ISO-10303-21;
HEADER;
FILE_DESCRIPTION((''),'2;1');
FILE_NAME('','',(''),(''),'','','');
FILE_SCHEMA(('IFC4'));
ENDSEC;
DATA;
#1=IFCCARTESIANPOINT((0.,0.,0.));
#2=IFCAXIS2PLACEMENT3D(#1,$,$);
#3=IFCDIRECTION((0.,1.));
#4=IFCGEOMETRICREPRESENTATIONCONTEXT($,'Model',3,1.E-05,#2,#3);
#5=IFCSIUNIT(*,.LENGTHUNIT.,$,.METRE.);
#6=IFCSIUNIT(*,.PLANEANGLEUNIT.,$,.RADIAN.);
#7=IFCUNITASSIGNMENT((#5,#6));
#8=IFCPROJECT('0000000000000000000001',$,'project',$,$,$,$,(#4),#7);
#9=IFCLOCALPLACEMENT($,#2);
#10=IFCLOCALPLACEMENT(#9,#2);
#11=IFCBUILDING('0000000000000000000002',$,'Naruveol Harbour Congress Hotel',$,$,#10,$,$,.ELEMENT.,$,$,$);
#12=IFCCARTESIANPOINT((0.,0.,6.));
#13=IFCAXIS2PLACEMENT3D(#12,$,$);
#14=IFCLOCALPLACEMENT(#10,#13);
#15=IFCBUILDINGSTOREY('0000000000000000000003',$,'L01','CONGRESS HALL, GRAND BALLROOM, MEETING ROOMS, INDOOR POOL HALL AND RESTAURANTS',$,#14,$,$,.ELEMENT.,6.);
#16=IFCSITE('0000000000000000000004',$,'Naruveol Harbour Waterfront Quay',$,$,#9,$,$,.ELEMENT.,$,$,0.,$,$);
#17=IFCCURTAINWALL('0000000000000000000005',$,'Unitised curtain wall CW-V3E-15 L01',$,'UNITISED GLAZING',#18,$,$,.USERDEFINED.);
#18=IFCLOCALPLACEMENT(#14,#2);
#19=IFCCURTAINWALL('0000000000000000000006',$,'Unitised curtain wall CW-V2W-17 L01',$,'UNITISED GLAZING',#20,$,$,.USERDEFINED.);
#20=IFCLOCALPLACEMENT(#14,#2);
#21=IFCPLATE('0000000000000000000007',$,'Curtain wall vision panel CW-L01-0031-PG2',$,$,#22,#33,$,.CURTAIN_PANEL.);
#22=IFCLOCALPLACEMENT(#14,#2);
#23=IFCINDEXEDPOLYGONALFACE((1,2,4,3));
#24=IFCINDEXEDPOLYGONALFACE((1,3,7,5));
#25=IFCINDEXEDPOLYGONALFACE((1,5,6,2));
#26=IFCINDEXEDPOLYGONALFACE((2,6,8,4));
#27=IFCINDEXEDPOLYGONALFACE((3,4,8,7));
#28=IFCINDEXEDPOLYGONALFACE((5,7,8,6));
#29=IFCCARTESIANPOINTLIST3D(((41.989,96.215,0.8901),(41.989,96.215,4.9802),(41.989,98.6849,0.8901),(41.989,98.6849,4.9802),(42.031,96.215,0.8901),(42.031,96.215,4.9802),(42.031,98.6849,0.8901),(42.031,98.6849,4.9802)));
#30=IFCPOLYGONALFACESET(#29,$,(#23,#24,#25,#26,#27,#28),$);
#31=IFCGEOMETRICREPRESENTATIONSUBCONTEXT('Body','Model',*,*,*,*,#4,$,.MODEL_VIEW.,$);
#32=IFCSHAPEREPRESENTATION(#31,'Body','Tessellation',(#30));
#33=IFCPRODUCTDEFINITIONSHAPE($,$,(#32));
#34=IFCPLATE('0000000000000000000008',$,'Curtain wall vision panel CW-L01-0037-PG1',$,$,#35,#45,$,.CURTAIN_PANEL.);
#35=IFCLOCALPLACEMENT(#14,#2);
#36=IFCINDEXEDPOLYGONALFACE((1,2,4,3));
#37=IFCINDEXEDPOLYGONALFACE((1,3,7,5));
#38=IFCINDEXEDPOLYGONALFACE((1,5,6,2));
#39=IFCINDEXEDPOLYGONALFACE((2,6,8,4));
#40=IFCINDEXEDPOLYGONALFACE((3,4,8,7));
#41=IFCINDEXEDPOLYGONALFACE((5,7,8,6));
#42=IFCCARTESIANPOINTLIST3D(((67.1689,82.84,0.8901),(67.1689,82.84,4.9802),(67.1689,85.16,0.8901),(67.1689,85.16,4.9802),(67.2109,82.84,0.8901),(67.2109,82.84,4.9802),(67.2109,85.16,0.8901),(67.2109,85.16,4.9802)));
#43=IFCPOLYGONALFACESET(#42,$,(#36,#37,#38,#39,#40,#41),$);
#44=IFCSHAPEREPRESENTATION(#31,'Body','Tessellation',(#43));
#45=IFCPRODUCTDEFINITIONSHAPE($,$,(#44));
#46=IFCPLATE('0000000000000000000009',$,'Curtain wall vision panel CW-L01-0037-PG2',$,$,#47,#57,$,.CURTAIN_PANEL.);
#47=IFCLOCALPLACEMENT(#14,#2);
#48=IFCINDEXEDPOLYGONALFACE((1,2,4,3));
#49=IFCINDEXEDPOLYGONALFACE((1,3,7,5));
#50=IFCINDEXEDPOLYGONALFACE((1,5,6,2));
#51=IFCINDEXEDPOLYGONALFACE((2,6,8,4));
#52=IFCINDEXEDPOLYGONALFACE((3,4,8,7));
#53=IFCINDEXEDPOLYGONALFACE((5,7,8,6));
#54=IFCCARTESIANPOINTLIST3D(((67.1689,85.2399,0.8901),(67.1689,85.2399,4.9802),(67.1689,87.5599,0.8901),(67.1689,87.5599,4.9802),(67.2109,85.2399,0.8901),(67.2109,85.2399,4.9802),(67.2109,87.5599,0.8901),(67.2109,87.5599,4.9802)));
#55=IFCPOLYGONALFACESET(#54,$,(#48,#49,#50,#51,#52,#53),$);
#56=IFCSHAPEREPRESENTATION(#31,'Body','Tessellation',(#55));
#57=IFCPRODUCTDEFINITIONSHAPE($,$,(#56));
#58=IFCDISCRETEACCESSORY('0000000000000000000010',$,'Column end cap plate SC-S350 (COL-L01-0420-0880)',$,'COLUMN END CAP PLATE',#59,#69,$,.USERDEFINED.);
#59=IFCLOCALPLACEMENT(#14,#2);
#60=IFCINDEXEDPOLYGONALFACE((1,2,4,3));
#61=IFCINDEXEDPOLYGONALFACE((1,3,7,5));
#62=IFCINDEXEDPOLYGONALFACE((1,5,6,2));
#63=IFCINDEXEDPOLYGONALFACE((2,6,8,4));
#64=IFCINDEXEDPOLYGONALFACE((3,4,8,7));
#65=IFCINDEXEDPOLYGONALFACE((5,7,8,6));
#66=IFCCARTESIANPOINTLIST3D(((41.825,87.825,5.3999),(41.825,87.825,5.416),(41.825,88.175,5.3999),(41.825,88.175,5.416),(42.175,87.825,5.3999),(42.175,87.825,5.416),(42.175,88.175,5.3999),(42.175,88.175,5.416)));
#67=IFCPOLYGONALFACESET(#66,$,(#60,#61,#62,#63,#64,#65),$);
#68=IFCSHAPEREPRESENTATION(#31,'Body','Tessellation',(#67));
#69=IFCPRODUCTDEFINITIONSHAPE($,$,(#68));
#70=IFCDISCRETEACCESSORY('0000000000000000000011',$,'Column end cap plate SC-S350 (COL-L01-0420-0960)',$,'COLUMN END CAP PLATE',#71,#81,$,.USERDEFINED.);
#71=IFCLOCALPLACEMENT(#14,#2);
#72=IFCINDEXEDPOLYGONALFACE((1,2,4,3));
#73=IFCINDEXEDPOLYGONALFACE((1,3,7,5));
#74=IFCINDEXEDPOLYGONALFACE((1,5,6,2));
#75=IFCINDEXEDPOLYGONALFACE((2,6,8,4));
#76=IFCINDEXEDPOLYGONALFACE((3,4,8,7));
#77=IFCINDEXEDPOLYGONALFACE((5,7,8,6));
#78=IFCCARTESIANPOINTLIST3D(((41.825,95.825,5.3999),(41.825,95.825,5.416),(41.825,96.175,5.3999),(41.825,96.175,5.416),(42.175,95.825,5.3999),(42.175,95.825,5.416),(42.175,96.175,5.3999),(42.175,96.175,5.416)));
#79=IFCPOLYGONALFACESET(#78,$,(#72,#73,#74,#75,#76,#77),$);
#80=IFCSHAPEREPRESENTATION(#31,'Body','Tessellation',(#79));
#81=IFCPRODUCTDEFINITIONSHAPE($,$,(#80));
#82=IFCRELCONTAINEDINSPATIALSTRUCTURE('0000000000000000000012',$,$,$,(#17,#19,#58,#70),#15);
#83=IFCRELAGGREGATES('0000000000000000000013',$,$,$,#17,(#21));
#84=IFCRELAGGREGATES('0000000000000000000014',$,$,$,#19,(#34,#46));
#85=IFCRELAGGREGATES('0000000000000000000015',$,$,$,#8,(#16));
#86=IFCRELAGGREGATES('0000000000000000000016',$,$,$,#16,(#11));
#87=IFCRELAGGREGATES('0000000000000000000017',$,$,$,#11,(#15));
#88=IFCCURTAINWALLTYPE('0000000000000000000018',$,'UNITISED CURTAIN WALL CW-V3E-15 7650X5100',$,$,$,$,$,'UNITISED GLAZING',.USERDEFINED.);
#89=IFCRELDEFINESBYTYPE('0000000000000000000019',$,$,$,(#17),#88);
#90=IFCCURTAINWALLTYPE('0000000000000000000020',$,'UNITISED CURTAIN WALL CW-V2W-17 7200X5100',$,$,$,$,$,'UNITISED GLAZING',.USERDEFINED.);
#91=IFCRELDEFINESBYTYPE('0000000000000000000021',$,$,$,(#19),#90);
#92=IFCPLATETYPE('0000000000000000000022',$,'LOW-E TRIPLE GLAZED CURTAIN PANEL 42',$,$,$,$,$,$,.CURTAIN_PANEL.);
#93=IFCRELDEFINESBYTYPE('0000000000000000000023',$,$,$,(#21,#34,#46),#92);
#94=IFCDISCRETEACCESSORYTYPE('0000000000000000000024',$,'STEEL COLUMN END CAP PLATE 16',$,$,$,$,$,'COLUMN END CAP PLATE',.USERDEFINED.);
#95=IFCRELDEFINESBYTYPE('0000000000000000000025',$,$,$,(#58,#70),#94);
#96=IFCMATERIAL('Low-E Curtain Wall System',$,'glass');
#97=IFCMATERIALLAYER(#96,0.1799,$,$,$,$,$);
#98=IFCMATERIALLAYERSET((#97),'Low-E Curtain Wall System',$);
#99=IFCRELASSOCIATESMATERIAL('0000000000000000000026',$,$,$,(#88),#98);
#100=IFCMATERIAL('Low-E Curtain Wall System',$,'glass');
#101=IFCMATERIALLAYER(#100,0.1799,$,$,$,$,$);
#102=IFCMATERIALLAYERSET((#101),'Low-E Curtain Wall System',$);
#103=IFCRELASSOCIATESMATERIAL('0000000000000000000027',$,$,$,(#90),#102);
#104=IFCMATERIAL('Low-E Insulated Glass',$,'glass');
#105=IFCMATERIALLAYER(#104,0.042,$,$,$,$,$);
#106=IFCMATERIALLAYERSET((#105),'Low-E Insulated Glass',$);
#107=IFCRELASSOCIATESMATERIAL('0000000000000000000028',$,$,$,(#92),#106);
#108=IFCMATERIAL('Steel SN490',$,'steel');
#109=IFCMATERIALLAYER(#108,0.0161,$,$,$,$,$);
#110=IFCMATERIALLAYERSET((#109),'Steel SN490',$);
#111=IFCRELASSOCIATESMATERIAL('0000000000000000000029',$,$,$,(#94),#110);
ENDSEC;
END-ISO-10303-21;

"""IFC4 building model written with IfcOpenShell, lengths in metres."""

from ifc_helpers import new_model, si_unit, direction, frame, origin, origin_2d, place, context, subcontext, project, spatial, rectangle, extrude, material, layer, layer_set, type_object, element, aggregate, save


model = new_model("IFC4")

# Units and contexts
model_context = context("Model", 3, precision=1e-05, world=origin(), true_north=direction((0.0, 1.0)))
body_context = subcontext(model_context, "Body", "Model", "MODEL_VIEW")
ifc_project = project(units=[si_unit("LENGTHUNIT", "METRE"), si_unit("PLANEANGLEUNIT", "RADIAN")], contexts=[model_context])

# Site, building, storey
site_placement = place(None, origin())
site = spatial("IfcSite", under=ifc_project, at=site_placement, Name="Naruveol Harbour Waterfront Quay", CompositionType="ELEMENT", RefElevation=0.0)
building_placement = place(site_placement, origin())
building = spatial("IfcBuilding", under=site, at=building_placement, Name="Naruveol Harbour Congress Hotel", CompositionType="ELEMENT")
storey_placement = place(building_placement, frame((0.0, 0.0, 6.0)))
storey = spatial("IfcBuildingStorey", under=building, at=storey_placement, Name="L01", Description="CONGRESS HALL, GRAND BALLROOM, MEETING ROOMS, INDOOR POOL HALL AND RESTAURANTS", CompositionType="ELEMENT", Elevation=6.0)

# Shared definitions
ifc_material_1 = material(Name="Low-E Curtain Wall System", Category="glass")
ifc_layer_1 = layer(ifc_material_1, 0.1799)
ifc_layer_set_1 = layer_set([ifc_layer_1], Name="Low-E Curtain Wall System")
curtain_wall_type_1 = type_object("IfcCurtainWallType", Name="UNITISED CURTAIN WALL CW-V3E-15 7650X5100", ElementType="UNITISED GLAZING", PredefinedType="USERDEFINED", material=ifc_layer_set_1)

# Curtain wall
curtain_wall_1_placement = place(storey_placement, origin())
curtain_wall_1 = element("IfcCurtainWall", 1, at=curtain_wall_1_placement, inside=storey, type_object=curtain_wall_type_1, Name="Unitised curtain wall CW-V3E-15 L01", ObjectType="UNITISED GLAZING", PredefinedType="USERDEFINED")

# Curtain wall
ifc_material_2 = material(Name="Low-E Curtain Wall System", Category="glass")
ifc_layer_2 = layer(ifc_material_2, 0.1799)
ifc_layer_set_2 = layer_set([ifc_layer_2], Name="Low-E Curtain Wall System")
curtain_wall_type_2 = type_object("IfcCurtainWallType", Name="UNITISED CURTAIN WALL CW-V2W-17 7200X5100", ElementType="UNITISED GLAZING", PredefinedType="USERDEFINED", material=ifc_layer_set_2)
curtain_wall_2_placement = place(storey_placement, origin())
curtain_wall_2 = element("IfcCurtainWall", 2, at=curtain_wall_2_placement, inside=storey, type_object=curtain_wall_type_2, Name="Unitised curtain wall CW-V2W-17 L01", ObjectType="UNITISED GLAZING", PredefinedType="USERDEFINED")

# Plates
ifc_material_3 = material(Name="Low-E Insulated Glass", Category="glass")
ifc_layer_3 = layer(ifc_material_3, 0.042)
ifc_layer_set_3 = layer_set([ifc_layer_3], Name="Low-E Insulated Glass")
plate_type_1 = type_object("IfcPlateType", Name="LOW-E TRIPLE GLAZED CURTAIN PANEL 42", PredefinedType="CURTAIN_PANEL", material=ifc_layer_set_3)
plate_1_placement = place(storey_placement, frame((42.01, 97.45, 0.8901), z_axis=(0.0, 0.0, 1.0), x_axis=(0.0, -1.0, 0.0)))
plate_1 = element("IfcPlate", 3, at=plate_1_placement, type_object=plate_type_1, Name="Curtain wall vision panel CW-L01-0031-PG2", PredefinedType="CURTAIN_PANEL", context=body_context, shape_type="SweptSolid", body=[
    extrude(rectangle(XDim=2.47, YDim=0.042, at=origin_2d()), origin(), (0.0, 0.0, 1.0), 4.0901),
])
aggregate(curtain_wall_1, [plate_1])
plate_2_placement = place(storey_placement, frame((67.1899, 84.0, 0.8901), z_axis=(0.0, 0.0, 1.0), x_axis=(0.0, 1.0, 0.0)))
plate_2 = element("IfcPlate", 4, at=plate_2_placement, type_object=plate_type_1, Name="Curtain wall vision panel CW-L01-0037-PG1", PredefinedType="CURTAIN_PANEL", context=body_context, shape_type="SweptSolid", body=[
    extrude(rectangle(XDim=2.3201, YDim=0.042, at=origin_2d()), origin(), (0.0, 0.0, 1.0), 4.0901),
])
plate_3_placement = place(storey_placement, frame((67.1899, 86.3999, 0.8901), z_axis=(0.0, 0.0, 1.0), x_axis=(0.0, 1.0, 0.0)))
plate_3 = element("IfcPlate", 5, at=plate_3_placement, type_object=plate_type_1, Name="Curtain wall vision panel CW-L01-0037-PG2", PredefinedType="CURTAIN_PANEL", context=body_context, shape_type="SweptSolid", body=[
    extrude(rectangle(XDim=2.3201, YDim=0.042, at=origin_2d()), origin(), (0.0, 0.0, 1.0), 4.0901),
])
aggregate(curtain_wall_2, [plate_2, plate_3])

# Discrete accessories
ifc_material_4 = material(Name="Steel SN490", Category="steel")
ifc_layer_4 = layer(ifc_material_4, 0.0161)
ifc_layer_set_4 = layer_set([ifc_layer_4], Name="Steel SN490")
discrete_accessory_type = type_object("IfcDiscreteAccessoryType", Name="STEEL COLUMN END CAP PLATE 16", ElementType="COLUMN END CAP PLATE", PredefinedType="USERDEFINED", material=ifc_layer_set_4)
for number, where, z_axis, x_axis, name in (
    (6, (42.0, 88.0, 5.3999), (0.0, 0.0, 1.0), (1.0, 0.0, 0.0), "Column end cap plate SC-S350 (COL-L01-0420-0880)"),
    (7, (42.0, 96.0, 5.3999), (0.0, 0.0, 1.0), (1.0, 0.0, 0.0), "Column end cap plate SC-S350 (COL-L01-0420-0960)"),
):
    element("IfcDiscreteAccessory", number, at=place(storey_placement, frame(where, z_axis=z_axis, x_axis=x_axis)), inside=storey, type_object=discrete_accessory_type, Name=name, ObjectType="COLUMN END CAP PLATE", PredefinedType="USERDEFINED", context=body_context, shape_type="SweptSolid", body=[
        extrude(rectangle(XDim=0.3501, YDim=0.3501, at=origin_2d()), origin(), (0.0, 0.0, 1.0), 0.0161),
    ])

save(model, "model.ifc")
